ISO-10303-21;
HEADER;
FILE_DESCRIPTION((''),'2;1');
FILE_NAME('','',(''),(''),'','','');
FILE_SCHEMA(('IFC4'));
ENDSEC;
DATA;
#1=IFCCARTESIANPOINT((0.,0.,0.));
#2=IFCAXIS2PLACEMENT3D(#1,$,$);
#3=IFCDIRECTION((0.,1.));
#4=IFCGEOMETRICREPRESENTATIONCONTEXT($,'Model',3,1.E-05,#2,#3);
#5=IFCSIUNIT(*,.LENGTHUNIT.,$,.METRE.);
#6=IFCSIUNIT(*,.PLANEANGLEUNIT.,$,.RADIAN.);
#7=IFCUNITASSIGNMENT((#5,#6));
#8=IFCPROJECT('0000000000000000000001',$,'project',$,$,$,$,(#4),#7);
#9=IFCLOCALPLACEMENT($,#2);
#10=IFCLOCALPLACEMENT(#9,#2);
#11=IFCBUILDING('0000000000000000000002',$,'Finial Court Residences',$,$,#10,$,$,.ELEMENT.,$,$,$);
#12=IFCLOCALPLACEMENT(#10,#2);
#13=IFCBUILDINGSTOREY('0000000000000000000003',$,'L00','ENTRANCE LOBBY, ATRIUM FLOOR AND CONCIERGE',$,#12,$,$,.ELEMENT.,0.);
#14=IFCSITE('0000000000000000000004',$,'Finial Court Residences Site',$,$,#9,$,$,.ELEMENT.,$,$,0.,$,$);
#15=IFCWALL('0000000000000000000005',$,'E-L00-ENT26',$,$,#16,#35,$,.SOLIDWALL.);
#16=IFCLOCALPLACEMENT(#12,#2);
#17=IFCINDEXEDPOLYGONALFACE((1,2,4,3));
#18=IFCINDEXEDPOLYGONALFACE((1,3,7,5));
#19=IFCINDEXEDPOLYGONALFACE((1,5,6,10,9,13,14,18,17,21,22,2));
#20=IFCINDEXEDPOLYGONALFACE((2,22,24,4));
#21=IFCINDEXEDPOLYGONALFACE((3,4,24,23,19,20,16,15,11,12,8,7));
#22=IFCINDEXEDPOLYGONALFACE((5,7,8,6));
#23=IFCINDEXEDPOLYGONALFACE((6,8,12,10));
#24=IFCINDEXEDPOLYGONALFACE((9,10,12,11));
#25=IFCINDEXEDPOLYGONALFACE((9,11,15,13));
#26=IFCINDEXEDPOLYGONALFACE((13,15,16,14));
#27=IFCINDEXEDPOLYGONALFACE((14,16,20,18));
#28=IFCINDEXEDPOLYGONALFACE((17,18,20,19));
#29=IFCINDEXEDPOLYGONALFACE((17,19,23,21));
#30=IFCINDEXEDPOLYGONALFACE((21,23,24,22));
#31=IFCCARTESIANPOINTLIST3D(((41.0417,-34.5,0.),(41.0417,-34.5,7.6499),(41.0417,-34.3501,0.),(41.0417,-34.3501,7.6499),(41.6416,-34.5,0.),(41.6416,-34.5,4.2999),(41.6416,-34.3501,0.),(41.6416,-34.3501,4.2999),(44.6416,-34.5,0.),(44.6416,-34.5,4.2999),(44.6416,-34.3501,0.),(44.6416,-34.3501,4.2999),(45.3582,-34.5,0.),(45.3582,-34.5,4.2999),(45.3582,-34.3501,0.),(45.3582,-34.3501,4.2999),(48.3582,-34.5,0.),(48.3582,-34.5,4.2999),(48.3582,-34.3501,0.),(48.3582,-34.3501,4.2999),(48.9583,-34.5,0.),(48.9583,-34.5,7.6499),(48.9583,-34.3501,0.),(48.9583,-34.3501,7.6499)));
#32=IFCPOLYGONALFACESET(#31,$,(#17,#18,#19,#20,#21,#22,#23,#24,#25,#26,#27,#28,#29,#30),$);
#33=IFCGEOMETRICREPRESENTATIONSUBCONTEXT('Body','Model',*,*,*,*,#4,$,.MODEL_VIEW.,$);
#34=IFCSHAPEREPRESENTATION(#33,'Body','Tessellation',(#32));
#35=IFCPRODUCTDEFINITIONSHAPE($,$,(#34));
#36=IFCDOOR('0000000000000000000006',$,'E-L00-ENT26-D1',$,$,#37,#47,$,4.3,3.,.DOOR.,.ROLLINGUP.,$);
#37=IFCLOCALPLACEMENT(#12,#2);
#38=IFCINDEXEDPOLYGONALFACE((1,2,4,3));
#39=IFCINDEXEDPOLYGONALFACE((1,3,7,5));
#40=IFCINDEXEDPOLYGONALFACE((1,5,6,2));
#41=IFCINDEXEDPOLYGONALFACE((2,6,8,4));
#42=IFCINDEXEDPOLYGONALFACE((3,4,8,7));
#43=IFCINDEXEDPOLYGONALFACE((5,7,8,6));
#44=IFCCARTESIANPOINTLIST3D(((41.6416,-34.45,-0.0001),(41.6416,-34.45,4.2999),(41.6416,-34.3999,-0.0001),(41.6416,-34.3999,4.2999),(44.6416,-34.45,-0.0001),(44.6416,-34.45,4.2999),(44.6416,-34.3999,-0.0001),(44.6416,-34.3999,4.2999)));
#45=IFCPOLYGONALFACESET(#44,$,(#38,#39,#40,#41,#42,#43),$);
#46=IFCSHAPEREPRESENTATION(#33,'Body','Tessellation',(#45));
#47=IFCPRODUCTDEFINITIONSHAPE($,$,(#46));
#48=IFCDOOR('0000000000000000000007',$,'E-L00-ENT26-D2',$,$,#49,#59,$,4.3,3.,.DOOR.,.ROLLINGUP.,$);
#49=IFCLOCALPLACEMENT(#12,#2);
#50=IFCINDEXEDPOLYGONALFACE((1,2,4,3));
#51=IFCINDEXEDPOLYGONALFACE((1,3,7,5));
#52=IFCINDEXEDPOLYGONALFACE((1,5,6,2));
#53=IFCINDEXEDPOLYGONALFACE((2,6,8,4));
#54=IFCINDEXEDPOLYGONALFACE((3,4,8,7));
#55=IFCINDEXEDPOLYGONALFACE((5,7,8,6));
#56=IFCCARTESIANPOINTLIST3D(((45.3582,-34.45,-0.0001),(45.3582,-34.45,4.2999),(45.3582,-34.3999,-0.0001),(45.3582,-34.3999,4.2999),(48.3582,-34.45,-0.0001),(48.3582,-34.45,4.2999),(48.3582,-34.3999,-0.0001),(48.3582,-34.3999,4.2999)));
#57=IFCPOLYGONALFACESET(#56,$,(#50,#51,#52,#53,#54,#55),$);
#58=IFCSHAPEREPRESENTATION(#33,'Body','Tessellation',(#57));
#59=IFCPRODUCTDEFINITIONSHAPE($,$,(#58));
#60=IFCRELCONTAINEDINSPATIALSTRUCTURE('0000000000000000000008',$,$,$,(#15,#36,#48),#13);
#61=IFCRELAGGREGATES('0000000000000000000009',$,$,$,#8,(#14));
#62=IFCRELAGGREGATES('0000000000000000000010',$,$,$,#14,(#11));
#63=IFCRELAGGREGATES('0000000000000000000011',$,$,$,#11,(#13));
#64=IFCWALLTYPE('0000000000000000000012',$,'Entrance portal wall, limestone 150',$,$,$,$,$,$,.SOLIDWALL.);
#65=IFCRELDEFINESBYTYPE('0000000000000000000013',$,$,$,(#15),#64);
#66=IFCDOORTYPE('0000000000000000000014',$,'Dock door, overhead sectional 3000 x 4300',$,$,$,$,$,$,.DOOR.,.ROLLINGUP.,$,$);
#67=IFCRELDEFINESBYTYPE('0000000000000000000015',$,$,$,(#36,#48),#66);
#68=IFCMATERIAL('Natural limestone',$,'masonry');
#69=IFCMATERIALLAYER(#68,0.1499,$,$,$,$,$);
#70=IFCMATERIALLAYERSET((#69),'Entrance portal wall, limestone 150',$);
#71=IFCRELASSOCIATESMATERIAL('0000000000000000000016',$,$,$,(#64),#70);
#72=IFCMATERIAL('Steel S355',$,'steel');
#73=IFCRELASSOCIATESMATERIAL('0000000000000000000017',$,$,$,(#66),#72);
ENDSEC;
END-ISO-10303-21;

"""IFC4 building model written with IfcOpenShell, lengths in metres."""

from ifc_helpers import new_model, si_unit, direction, frame, frame_2d, origin, place, context, subcontext, project, spatial, rectangle, extrude, material, layer, layer_set, type_object, element, fill, save


model = new_model("IFC4")

# Units and contexts
model_context = context("Model", 3, precision=1e-05, world=origin(), true_north=direction((0.0, 1.0)))
body_context = subcontext(model_context, "Body", "Model", "MODEL_VIEW")
ifc_project = project(units=[si_unit("LENGTHUNIT", "METRE"), si_unit("PLANEANGLEUNIT", "RADIAN")], contexts=[model_context])

# Site, building, storey
site_placement = place(None, origin())
site = spatial("IfcSite", under=ifc_project, at=site_placement, Name="Finial Court Residences Site", CompositionType="ELEMENT", RefElevation=0.0)
building_placement = place(site_placement, origin())
building = spatial("IfcBuilding", under=site, at=building_placement, Name="Finial Court Residences", CompositionType="ELEMENT")
storey_placement = place(building_placement, origin())
storey = spatial("IfcBuildingStorey", under=building, at=storey_placement, Name="L00", Description="ENTRANCE LOBBY, ATRIUM FLOOR AND CONCIERGE", CompositionType="ELEMENT", Elevation=0.0)

# Wall, openings, doors
ifc_material_1 = material(Name="Natural limestone", Category="masonry")
ifc_layer_1 = layer(ifc_material_1, 0.1499)
ifc_layer_set_1 = layer_set([ifc_layer_1], Name="Entrance portal wall, limestone 150")
wall_type = type_object("IfcWallType", Name="Entrance portal wall, limestone 150", PredefinedType="SOLIDWALL", material=ifc_layer_set_1)
ifc_material_2 = material(Name="Steel S355", Category="steel")
door_type = type_object("IfcDoorType", Name="Dock door, overhead sectional 3000 x 4300", OperationType="ROLLINGUP", PredefinedType="DOOR", material=ifc_material_2)
wall_1_placement = place(storey_placement, frame((48.9583, -34.425, 0.0), z_axis=(0.0, 0.0, 1.0), x_axis=(-1.0, 0.0, 0.0)))
wall_1 = element("IfcWall", 1, at=wall_1_placement, inside=storey, type_object=wall_type, Name="E-L00-ENT26", PredefinedType="SOLIDWALL", context=body_context, shape_type="SweptSolid", body=[
    extrude(rectangle(XDim=7.9165, YDim=0.1499, at=frame_2d((3.9583, 0.0))), origin(), (0.0, 0.0, 1.0), 7.6499),
])
opening_1_placement = place(wall_1_placement, frame((4.3167, 0.0, 0.0)))
opening_1 = element("IfcOpeningElement", 2, at=opening_1_placement, cuts=wall_1, PredefinedType="OPENING", context=body_context, shape_type="SweptSolid", body=[
    extrude(rectangle(XDim=3.0, YDim=4.3, at=frame_2d((1.5, 2.1499))), frame((0.0, 0.085, 0.0), z_axis=(0.0, -1.0, 0.0), x_axis=(1.0, 0.0, 0.0)), (0.0, 0.0, 1.0), 0.1699),
])
opening_2_placement = place(wall_1_placement, frame((0.6001, 0.0, 0.0)))
opening_2 = element("IfcOpeningElement", 3, at=opening_2_placement, cuts=wall_1, PredefinedType="OPENING", context=body_context, shape_type="SweptSolid", body=[
    extrude(rectangle(XDim=3.0, YDim=4.3, at=frame_2d((1.5, 2.1499))), frame((0.0, 0.085, 0.0), z_axis=(0.0, -1.0, 0.0), x_axis=(1.0, 0.0, 0.0)), (0.0, 0.0, 1.0), 0.1699),
])
door_1_placement = place(opening_1_placement, origin())
door_1 = element("IfcDoor", 4, at=door_1_placement, inside=storey, type_object=door_type, Name="E-L00-ENT26-D1", OperationType="ROLLINGUP", OverallHeight=4.3, OverallWidth=3.0, PredefinedType="DOOR", context=body_context, shape_type="SweptSolid", body=[
    extrude(rectangle(XDim=3.0, YDim=4.3, at=frame_2d((1.5, 2.1499))), frame((0.0, 0.0249, 0.0), z_axis=(0.0, -1.0, 0.0), x_axis=(1.0, 0.0, 0.0)), (0.0, 0.0, 1.0), 0.05),
])
fill(opening_1, door_1)
door_2_placement = place(opening_2_placement, origin())
door_2 = element("IfcDoor", 5, at=door_2_placement, inside=storey, type_object=door_type, Name="E-L00-ENT26-D2", OperationType="ROLLINGUP", OverallHeight=4.3, OverallWidth=3.0, PredefinedType="DOOR", context=body_context, shape_type="SweptSolid", body=[
    extrude(rectangle(XDim=3.0, YDim=4.3, at=frame_2d((1.5, 2.1499))), frame((0.0, 0.0249, 0.0), z_axis=(0.0, -1.0, 0.0), x_axis=(1.0, 0.0, 0.0)), (0.0, 0.0, 1.0), 0.05),
])
fill(opening_2, door_2)

save(model, "model.ifc")
